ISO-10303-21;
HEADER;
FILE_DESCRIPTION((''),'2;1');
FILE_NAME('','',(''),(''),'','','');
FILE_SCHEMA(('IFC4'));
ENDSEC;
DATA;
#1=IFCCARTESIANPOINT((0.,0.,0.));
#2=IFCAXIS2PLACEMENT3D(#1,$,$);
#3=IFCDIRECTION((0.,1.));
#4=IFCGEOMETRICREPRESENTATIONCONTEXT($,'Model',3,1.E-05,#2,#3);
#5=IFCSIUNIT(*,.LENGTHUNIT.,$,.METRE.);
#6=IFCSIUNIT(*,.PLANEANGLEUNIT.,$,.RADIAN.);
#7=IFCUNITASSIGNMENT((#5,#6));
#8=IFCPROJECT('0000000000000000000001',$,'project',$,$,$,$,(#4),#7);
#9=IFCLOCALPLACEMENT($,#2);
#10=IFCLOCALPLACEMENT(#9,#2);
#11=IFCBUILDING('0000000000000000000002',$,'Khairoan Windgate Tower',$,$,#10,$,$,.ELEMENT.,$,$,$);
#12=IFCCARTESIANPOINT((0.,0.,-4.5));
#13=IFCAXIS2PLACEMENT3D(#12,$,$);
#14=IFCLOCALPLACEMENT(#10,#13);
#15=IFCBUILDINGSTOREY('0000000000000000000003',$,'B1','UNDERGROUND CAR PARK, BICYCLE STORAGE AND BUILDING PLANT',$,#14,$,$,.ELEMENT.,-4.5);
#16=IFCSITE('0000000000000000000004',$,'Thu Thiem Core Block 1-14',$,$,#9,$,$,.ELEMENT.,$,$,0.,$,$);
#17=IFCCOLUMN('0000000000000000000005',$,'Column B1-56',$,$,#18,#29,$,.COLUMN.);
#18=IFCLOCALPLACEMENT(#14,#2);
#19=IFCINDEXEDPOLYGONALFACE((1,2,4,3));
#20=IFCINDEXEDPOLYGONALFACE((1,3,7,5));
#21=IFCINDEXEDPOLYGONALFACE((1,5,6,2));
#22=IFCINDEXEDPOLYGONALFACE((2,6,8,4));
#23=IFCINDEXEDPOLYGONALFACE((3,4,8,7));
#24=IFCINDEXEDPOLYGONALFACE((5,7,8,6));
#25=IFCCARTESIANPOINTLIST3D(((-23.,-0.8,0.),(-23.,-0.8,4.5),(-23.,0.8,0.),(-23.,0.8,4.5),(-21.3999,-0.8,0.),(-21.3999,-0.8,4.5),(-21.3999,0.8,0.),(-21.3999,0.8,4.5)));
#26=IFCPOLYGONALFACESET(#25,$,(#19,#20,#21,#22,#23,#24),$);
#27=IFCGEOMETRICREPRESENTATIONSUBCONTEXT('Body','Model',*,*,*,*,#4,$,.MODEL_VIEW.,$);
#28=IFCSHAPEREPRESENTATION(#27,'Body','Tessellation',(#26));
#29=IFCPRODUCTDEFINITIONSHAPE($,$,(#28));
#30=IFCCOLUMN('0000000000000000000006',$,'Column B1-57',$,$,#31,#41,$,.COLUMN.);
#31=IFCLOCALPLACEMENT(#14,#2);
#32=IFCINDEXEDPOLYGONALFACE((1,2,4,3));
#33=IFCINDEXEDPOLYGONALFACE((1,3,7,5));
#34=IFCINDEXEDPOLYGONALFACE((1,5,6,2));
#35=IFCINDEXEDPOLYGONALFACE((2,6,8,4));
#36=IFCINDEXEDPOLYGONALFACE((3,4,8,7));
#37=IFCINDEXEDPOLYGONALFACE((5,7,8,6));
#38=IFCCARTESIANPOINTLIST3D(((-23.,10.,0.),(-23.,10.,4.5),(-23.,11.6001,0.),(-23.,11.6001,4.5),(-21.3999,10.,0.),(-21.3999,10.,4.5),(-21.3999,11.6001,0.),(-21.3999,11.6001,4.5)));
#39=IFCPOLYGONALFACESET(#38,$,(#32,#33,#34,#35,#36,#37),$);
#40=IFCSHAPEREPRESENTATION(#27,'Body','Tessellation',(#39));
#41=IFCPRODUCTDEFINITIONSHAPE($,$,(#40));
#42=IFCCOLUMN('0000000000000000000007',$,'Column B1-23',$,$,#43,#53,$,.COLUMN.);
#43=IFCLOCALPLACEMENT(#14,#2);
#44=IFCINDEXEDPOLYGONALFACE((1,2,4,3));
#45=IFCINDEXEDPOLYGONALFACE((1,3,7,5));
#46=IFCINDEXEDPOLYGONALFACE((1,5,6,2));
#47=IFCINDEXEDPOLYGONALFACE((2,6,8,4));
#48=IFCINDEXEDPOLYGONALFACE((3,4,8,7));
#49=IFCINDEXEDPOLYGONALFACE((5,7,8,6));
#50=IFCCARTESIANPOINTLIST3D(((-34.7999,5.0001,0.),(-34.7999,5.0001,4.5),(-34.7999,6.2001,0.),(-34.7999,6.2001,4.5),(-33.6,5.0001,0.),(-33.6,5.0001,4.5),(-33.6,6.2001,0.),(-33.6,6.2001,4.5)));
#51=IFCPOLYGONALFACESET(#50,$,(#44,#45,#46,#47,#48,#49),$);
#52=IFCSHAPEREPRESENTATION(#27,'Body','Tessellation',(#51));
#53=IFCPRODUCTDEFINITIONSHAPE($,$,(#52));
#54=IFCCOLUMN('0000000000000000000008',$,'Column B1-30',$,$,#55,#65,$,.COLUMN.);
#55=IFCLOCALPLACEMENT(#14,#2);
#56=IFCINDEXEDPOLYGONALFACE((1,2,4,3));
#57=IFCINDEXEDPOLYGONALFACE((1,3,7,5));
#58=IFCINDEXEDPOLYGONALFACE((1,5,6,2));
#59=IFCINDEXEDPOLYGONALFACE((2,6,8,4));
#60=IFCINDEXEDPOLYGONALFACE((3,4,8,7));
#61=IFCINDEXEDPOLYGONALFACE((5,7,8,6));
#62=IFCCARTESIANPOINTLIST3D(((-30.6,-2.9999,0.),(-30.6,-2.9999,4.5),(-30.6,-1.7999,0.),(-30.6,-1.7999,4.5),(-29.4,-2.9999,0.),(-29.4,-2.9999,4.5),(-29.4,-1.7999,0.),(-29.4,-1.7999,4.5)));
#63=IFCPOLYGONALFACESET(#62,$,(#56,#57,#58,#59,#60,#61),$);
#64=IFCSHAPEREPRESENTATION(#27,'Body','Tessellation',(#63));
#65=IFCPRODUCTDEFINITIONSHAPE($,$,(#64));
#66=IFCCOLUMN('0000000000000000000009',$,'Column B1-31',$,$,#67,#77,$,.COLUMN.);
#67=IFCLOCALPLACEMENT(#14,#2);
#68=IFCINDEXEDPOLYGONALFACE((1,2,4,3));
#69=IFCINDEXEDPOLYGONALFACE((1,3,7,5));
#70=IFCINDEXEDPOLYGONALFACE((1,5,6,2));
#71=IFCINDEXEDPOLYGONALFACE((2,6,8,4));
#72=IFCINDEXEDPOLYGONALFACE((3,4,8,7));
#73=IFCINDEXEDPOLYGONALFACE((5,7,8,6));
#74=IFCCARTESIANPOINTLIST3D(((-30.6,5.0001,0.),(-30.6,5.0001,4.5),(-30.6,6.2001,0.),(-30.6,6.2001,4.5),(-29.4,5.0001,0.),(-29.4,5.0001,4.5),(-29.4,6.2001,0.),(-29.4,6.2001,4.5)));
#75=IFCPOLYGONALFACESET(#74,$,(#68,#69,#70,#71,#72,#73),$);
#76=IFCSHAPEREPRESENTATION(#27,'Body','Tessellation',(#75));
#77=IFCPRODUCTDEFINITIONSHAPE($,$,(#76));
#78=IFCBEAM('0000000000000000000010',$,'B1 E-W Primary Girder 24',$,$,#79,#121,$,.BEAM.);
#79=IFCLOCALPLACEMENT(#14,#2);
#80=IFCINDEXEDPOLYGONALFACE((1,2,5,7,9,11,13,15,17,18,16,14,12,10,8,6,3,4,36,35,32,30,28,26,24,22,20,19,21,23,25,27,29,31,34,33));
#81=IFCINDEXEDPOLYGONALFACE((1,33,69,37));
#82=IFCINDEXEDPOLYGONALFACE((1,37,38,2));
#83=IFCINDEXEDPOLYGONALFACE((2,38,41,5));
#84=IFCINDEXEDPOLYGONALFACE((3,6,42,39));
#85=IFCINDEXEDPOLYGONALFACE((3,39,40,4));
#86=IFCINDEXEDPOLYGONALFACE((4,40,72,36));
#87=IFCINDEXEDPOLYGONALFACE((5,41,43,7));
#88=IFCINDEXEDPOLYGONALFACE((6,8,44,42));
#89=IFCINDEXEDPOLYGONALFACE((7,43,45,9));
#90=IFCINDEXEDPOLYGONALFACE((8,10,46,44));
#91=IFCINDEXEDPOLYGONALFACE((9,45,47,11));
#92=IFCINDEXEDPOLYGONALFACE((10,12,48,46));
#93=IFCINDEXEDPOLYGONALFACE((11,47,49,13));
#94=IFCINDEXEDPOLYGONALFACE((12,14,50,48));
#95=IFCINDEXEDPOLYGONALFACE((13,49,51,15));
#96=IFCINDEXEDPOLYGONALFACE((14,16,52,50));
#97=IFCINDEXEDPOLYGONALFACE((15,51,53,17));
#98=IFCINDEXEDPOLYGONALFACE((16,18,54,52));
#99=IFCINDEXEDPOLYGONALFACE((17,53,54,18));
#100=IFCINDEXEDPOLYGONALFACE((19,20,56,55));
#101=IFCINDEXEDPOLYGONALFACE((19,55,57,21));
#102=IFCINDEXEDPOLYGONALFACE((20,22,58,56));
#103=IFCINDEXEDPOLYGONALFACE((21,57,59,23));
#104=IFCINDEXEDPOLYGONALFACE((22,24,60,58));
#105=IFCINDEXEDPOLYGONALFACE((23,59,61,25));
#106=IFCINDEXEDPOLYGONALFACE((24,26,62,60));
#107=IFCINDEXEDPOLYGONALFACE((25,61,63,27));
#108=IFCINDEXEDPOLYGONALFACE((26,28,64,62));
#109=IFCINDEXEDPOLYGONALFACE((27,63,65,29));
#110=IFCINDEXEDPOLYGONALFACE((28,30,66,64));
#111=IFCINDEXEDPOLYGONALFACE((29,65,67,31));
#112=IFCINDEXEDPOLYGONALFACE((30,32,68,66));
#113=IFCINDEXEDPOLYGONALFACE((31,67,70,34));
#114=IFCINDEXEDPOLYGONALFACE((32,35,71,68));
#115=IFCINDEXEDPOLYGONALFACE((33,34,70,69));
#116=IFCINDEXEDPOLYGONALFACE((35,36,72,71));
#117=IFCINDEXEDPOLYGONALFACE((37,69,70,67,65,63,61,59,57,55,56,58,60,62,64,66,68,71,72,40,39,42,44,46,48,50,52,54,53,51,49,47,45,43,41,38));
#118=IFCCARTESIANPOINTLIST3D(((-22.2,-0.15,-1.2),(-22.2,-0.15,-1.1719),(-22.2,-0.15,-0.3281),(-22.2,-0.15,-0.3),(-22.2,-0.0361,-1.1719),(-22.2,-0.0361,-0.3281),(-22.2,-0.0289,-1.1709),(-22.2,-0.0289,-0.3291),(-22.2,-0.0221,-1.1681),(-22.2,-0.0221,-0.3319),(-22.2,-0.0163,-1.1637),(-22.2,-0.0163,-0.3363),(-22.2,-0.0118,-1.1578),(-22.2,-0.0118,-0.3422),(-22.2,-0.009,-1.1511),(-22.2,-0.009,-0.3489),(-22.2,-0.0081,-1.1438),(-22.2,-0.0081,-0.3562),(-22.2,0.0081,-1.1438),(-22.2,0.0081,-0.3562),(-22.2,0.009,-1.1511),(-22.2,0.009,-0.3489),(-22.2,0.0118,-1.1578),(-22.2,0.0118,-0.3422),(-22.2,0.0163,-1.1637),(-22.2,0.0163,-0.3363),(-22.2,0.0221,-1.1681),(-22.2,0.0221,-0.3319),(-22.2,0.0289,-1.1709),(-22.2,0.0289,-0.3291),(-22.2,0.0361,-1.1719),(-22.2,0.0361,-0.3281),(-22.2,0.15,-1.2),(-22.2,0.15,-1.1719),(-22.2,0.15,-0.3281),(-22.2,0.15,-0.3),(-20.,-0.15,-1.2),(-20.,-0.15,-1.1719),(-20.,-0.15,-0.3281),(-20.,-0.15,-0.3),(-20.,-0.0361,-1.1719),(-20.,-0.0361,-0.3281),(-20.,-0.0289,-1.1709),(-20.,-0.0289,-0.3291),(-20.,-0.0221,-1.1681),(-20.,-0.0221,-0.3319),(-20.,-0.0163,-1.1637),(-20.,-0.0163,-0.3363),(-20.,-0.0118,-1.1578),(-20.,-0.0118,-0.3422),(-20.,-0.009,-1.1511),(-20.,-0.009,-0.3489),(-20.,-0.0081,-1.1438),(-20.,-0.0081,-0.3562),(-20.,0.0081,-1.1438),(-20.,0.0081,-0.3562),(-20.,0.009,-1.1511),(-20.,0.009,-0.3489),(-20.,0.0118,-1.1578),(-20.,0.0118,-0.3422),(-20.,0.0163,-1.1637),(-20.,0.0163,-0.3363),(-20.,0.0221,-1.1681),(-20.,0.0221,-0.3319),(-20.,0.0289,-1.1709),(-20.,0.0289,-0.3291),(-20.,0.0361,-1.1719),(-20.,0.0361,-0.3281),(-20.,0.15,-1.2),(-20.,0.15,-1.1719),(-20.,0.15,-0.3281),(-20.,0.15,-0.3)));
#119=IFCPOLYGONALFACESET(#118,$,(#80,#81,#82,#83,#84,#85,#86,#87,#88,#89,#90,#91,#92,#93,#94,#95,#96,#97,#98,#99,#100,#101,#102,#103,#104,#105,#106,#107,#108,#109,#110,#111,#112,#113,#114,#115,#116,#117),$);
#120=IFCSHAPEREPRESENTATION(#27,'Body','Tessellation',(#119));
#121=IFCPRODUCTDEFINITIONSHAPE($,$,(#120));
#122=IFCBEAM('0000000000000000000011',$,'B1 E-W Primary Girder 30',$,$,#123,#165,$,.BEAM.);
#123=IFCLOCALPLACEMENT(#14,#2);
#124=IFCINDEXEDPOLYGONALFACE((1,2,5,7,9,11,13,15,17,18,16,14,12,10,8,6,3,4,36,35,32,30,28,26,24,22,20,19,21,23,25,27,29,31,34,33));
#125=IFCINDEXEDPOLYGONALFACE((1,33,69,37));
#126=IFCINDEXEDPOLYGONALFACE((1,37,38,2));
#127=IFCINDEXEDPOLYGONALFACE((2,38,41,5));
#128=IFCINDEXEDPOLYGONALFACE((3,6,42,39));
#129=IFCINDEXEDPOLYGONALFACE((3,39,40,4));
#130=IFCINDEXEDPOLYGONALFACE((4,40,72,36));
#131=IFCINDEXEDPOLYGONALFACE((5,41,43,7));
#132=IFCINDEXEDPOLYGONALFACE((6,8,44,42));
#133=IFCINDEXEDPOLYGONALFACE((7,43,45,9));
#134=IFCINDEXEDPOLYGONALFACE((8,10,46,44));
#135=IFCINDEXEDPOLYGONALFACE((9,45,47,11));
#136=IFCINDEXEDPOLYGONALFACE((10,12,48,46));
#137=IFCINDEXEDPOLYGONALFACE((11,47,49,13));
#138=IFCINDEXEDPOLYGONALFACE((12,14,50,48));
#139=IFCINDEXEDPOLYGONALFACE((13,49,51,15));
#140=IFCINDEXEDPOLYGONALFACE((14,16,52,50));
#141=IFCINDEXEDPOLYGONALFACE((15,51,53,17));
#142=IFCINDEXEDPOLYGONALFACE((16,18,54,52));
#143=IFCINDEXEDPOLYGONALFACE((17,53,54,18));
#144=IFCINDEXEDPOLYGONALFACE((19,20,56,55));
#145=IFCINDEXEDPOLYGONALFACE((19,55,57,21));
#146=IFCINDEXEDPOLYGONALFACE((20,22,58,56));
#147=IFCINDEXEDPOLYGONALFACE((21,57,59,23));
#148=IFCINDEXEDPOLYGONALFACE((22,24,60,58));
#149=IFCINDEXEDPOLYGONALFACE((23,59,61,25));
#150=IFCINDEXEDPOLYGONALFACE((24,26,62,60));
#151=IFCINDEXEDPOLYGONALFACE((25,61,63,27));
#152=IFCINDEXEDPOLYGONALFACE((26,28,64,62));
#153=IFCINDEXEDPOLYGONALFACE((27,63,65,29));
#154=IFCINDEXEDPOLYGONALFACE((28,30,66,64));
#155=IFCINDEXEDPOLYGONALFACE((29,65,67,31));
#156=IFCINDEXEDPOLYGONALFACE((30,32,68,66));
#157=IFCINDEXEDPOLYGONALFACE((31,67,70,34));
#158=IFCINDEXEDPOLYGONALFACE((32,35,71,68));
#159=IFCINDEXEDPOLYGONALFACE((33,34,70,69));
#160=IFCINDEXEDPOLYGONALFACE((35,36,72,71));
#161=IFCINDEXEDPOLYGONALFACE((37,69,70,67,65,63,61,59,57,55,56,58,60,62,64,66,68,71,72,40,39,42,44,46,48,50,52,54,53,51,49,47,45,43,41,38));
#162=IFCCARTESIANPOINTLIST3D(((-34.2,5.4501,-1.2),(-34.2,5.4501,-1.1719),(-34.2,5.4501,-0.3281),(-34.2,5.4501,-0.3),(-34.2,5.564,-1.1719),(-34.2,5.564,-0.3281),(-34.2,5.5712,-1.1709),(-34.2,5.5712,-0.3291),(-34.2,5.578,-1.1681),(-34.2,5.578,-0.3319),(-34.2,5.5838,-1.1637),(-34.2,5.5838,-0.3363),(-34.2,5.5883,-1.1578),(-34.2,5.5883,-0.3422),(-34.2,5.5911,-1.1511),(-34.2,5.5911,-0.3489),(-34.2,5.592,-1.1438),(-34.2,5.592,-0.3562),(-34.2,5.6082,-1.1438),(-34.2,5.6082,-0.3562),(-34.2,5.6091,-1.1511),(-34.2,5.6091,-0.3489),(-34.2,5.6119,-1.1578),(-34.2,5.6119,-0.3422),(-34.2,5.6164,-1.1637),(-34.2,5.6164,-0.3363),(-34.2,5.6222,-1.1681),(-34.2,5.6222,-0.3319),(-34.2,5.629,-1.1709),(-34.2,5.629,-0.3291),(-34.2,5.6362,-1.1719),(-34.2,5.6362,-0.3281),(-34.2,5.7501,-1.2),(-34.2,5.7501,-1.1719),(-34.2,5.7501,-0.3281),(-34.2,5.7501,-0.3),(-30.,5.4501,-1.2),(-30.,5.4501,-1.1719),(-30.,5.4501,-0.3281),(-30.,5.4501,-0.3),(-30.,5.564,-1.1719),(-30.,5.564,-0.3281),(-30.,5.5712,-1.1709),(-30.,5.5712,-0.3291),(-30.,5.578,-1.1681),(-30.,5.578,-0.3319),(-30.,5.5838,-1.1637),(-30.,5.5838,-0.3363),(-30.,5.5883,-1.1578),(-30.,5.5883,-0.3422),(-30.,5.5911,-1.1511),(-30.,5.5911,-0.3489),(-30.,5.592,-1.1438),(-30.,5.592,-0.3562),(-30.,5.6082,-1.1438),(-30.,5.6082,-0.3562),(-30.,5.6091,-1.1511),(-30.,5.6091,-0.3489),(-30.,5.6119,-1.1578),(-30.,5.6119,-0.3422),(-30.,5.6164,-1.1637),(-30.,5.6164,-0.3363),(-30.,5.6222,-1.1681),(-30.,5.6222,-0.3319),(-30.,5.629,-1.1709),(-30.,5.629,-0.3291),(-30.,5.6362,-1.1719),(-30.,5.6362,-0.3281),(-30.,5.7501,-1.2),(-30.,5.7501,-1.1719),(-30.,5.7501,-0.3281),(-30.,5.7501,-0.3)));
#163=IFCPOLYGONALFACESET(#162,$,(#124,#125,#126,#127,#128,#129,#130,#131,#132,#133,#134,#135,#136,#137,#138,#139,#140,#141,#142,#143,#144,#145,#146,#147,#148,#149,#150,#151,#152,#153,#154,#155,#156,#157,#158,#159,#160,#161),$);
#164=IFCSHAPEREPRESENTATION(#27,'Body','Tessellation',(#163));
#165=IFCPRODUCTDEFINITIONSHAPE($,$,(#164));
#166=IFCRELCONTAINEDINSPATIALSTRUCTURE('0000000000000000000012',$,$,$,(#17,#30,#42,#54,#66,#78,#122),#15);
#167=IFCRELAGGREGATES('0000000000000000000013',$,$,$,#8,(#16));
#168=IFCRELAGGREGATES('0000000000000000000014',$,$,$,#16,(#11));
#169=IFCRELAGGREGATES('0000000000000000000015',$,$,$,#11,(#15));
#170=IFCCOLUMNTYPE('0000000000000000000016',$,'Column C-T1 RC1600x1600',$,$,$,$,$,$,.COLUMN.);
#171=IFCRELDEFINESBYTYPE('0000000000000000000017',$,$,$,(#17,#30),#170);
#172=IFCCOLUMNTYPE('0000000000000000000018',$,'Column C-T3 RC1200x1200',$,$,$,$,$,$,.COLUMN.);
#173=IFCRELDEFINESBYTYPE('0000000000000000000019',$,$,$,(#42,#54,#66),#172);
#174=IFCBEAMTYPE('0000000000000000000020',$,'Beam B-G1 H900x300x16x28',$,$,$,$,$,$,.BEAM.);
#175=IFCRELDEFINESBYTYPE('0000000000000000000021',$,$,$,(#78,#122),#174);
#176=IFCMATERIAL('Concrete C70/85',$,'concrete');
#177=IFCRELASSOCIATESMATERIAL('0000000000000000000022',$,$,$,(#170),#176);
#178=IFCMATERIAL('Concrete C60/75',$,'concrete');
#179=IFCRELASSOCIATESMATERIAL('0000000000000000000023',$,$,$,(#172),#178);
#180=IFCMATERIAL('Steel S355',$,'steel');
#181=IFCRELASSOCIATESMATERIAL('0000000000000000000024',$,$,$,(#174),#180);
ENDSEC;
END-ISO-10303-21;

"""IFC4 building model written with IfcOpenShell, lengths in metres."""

from ifc_helpers import new_model, si_unit, direction, frame, origin, origin_2d, place, context, subcontext, project, spatial, rectangle, i_section, extrude, material, material_profile, profile_set, type_object, element, save


model = new_model("IFC4")

# Units and contexts
model_context = context("Model", 3, precision=1e-05, world=origin(), true_north=direction((0.0, 1.0)))
body_context = subcontext(model_context, "Body", "Model", "MODEL_VIEW")
ifc_project = project(units=[si_unit("LENGTHUNIT", "METRE"), si_unit("PLANEANGLEUNIT", "RADIAN")], contexts=[model_context])

# Site, building, storey
site_placement = place(None, origin())
site = spatial("IfcSite", under=ifc_project, at=site_placement, Name="Thu Thiem Core Block 1-14", CompositionType="ELEMENT", RefElevation=0.0)
building_placement = place(site_placement, origin())
building = spatial("IfcBuilding", under=site, at=building_placement, Name="Khairoan Windgate Tower", CompositionType="ELEMENT")
storey_placement = place(building_placement, frame((0.0, 0.0, -4.5)))
storey = spatial("IfcBuildingStorey", under=building, at=storey_placement, Name="B1", Description="UNDERGROUND CAR PARK, BICYCLE STORAGE AND BUILDING PLANT", CompositionType="ELEMENT", Elevation=-4.5)

# Columns
ifc_material_1 = material(Name="Concrete C70/85", Category="concrete")
ifc_material_profile_1 = material_profile(ifc_material_1, rectangle(XDim=1.6001, YDim=1.6001, at=origin_2d()))
ifc_profile_set_1 = profile_set([ifc_material_profile_1], Name="Concrete C70/85")
column_type_1 = type_object("IfcColumnType", Name="Column C-T1 RC1600x1600", PredefinedType="COLUMN", material=ifc_profile_set_1)
for number, where, z_axis, x_axis, name in (
    (1, (-22.2, 0.0, 0.0), (0.0, 0.0, 1.0), (1.0, 0.0, 0.0), "Column B1-56"),
    (2, (-22.2, 10.8, 0.0), (0.0, 0.0, 1.0), (1.0, 0.0, 0.0), "Column B1-57"),
):
    element("IfcColumn", number, at=place(storey_placement, frame(where, z_axis=z_axis, x_axis=x_axis)), inside=storey, type_object=column_type_1, Name=name, PredefinedType="COLUMN", context=body_context, shape_type="SweptSolid", body=[
        extrude(rectangle(XDim=1.6001, YDim=1.6001, at=origin_2d()), origin(), (0.0, 0.0, 1.0), 4.5),
    ])
ifc_material_2 = material(Name="Concrete C60/75", Category="concrete")
ifc_material_profile_2 = material_profile(ifc_material_2, rectangle(XDim=1.2, YDim=1.2, at=origin_2d()))
ifc_profile_set_2 = profile_set([ifc_material_profile_2], Name="Concrete C60/75")
column_type_2 = type_object("IfcColumnType", Name="Column C-T3 RC1200x1200", PredefinedType="COLUMN", material=ifc_profile_set_2)
for number, where, z_axis, x_axis, name in (
    (3, (-34.2, 5.6001, 0.0), (0.0, 0.0, 1.0), (1.0, 0.0, 0.0), "Column B1-23"),
    (4, (-30.0, -2.3999, 0.0), (0.0, 0.0, 1.0), (1.0, 0.0, 0.0), "Column B1-30"),
    (5, (-30.0, 5.6001, 0.0), (0.0, 0.0, 1.0), (1.0, 0.0, 0.0), "Column B1-31"),
):
    element("IfcColumn", number, at=place(storey_placement, frame(where, z_axis=z_axis, x_axis=x_axis)), inside=storey, type_object=column_type_2, Name=name, PredefinedType="COLUMN", context=body_context, shape_type="SweptSolid", body=[
        extrude(rectangle(XDim=1.2, YDim=1.2, at=origin_2d()), origin(), (0.0, 0.0, 1.0), 4.5),
    ])

# Beams
ifc_material_3 = material(Name="Steel S355", Category="steel")
ifc_material_profile_3 = material_profile(ifc_material_3, i_section(OverallWidth=0.3, OverallDepth=0.8999, WebThickness=0.0161, FlangeThickness=0.0281, FilletRadius=0.0281, at=origin_2d()))
ifc_profile_set_3 = profile_set([ifc_material_profile_3], Name="Steel S355")
beam_type_1 = type_object("IfcBeamType", Name="Beam B-G1 H900x300x16x28", PredefinedType="BEAM", material=ifc_profile_set_3)
beam_1_placement = place(storey_placement, frame((-22.2, 0.0, -0.75), z_axis=(1.0, 0.0, 0.0), x_axis=(0.0, 1.0, 0.0)))
element("IfcBeam", 6, at=beam_1_placement, inside=storey, type_object=beam_type_1, Name="B1 E-W Primary Girder 24", PredefinedType="BEAM", context=body_context, shape_type="SweptSolid", body=[
    extrude(i_section(OverallWidth=0.3, OverallDepth=0.8999, WebThickness=0.0161, FlangeThickness=0.0281, FilletRadius=0.0281, at=origin_2d()), origin(), (0.0, 0.0, 1.0), 2.2),
])
beam_2_placement = place(storey_placement, frame((-34.2, 5.6001, -0.75), z_axis=(1.0, 0.0, 0.0), x_axis=(0.0, 1.0, 0.0)))
element("IfcBeam", 7, at=beam_2_placement, inside=storey, type_object=beam_type_1, Name="B1 E-W Primary Girder 30", PredefinedType="BEAM", context=body_context, shape_type="SweptSolid", body=[
    extrude(i_section(OverallWidth=0.3, OverallDepth=0.8999, WebThickness=0.0161, FlangeThickness=0.0281, FilletRadius=0.0281, at=origin_2d()), origin(), (0.0, 0.0, 1.0), 4.2),
])

save(model, "model.ifc")
